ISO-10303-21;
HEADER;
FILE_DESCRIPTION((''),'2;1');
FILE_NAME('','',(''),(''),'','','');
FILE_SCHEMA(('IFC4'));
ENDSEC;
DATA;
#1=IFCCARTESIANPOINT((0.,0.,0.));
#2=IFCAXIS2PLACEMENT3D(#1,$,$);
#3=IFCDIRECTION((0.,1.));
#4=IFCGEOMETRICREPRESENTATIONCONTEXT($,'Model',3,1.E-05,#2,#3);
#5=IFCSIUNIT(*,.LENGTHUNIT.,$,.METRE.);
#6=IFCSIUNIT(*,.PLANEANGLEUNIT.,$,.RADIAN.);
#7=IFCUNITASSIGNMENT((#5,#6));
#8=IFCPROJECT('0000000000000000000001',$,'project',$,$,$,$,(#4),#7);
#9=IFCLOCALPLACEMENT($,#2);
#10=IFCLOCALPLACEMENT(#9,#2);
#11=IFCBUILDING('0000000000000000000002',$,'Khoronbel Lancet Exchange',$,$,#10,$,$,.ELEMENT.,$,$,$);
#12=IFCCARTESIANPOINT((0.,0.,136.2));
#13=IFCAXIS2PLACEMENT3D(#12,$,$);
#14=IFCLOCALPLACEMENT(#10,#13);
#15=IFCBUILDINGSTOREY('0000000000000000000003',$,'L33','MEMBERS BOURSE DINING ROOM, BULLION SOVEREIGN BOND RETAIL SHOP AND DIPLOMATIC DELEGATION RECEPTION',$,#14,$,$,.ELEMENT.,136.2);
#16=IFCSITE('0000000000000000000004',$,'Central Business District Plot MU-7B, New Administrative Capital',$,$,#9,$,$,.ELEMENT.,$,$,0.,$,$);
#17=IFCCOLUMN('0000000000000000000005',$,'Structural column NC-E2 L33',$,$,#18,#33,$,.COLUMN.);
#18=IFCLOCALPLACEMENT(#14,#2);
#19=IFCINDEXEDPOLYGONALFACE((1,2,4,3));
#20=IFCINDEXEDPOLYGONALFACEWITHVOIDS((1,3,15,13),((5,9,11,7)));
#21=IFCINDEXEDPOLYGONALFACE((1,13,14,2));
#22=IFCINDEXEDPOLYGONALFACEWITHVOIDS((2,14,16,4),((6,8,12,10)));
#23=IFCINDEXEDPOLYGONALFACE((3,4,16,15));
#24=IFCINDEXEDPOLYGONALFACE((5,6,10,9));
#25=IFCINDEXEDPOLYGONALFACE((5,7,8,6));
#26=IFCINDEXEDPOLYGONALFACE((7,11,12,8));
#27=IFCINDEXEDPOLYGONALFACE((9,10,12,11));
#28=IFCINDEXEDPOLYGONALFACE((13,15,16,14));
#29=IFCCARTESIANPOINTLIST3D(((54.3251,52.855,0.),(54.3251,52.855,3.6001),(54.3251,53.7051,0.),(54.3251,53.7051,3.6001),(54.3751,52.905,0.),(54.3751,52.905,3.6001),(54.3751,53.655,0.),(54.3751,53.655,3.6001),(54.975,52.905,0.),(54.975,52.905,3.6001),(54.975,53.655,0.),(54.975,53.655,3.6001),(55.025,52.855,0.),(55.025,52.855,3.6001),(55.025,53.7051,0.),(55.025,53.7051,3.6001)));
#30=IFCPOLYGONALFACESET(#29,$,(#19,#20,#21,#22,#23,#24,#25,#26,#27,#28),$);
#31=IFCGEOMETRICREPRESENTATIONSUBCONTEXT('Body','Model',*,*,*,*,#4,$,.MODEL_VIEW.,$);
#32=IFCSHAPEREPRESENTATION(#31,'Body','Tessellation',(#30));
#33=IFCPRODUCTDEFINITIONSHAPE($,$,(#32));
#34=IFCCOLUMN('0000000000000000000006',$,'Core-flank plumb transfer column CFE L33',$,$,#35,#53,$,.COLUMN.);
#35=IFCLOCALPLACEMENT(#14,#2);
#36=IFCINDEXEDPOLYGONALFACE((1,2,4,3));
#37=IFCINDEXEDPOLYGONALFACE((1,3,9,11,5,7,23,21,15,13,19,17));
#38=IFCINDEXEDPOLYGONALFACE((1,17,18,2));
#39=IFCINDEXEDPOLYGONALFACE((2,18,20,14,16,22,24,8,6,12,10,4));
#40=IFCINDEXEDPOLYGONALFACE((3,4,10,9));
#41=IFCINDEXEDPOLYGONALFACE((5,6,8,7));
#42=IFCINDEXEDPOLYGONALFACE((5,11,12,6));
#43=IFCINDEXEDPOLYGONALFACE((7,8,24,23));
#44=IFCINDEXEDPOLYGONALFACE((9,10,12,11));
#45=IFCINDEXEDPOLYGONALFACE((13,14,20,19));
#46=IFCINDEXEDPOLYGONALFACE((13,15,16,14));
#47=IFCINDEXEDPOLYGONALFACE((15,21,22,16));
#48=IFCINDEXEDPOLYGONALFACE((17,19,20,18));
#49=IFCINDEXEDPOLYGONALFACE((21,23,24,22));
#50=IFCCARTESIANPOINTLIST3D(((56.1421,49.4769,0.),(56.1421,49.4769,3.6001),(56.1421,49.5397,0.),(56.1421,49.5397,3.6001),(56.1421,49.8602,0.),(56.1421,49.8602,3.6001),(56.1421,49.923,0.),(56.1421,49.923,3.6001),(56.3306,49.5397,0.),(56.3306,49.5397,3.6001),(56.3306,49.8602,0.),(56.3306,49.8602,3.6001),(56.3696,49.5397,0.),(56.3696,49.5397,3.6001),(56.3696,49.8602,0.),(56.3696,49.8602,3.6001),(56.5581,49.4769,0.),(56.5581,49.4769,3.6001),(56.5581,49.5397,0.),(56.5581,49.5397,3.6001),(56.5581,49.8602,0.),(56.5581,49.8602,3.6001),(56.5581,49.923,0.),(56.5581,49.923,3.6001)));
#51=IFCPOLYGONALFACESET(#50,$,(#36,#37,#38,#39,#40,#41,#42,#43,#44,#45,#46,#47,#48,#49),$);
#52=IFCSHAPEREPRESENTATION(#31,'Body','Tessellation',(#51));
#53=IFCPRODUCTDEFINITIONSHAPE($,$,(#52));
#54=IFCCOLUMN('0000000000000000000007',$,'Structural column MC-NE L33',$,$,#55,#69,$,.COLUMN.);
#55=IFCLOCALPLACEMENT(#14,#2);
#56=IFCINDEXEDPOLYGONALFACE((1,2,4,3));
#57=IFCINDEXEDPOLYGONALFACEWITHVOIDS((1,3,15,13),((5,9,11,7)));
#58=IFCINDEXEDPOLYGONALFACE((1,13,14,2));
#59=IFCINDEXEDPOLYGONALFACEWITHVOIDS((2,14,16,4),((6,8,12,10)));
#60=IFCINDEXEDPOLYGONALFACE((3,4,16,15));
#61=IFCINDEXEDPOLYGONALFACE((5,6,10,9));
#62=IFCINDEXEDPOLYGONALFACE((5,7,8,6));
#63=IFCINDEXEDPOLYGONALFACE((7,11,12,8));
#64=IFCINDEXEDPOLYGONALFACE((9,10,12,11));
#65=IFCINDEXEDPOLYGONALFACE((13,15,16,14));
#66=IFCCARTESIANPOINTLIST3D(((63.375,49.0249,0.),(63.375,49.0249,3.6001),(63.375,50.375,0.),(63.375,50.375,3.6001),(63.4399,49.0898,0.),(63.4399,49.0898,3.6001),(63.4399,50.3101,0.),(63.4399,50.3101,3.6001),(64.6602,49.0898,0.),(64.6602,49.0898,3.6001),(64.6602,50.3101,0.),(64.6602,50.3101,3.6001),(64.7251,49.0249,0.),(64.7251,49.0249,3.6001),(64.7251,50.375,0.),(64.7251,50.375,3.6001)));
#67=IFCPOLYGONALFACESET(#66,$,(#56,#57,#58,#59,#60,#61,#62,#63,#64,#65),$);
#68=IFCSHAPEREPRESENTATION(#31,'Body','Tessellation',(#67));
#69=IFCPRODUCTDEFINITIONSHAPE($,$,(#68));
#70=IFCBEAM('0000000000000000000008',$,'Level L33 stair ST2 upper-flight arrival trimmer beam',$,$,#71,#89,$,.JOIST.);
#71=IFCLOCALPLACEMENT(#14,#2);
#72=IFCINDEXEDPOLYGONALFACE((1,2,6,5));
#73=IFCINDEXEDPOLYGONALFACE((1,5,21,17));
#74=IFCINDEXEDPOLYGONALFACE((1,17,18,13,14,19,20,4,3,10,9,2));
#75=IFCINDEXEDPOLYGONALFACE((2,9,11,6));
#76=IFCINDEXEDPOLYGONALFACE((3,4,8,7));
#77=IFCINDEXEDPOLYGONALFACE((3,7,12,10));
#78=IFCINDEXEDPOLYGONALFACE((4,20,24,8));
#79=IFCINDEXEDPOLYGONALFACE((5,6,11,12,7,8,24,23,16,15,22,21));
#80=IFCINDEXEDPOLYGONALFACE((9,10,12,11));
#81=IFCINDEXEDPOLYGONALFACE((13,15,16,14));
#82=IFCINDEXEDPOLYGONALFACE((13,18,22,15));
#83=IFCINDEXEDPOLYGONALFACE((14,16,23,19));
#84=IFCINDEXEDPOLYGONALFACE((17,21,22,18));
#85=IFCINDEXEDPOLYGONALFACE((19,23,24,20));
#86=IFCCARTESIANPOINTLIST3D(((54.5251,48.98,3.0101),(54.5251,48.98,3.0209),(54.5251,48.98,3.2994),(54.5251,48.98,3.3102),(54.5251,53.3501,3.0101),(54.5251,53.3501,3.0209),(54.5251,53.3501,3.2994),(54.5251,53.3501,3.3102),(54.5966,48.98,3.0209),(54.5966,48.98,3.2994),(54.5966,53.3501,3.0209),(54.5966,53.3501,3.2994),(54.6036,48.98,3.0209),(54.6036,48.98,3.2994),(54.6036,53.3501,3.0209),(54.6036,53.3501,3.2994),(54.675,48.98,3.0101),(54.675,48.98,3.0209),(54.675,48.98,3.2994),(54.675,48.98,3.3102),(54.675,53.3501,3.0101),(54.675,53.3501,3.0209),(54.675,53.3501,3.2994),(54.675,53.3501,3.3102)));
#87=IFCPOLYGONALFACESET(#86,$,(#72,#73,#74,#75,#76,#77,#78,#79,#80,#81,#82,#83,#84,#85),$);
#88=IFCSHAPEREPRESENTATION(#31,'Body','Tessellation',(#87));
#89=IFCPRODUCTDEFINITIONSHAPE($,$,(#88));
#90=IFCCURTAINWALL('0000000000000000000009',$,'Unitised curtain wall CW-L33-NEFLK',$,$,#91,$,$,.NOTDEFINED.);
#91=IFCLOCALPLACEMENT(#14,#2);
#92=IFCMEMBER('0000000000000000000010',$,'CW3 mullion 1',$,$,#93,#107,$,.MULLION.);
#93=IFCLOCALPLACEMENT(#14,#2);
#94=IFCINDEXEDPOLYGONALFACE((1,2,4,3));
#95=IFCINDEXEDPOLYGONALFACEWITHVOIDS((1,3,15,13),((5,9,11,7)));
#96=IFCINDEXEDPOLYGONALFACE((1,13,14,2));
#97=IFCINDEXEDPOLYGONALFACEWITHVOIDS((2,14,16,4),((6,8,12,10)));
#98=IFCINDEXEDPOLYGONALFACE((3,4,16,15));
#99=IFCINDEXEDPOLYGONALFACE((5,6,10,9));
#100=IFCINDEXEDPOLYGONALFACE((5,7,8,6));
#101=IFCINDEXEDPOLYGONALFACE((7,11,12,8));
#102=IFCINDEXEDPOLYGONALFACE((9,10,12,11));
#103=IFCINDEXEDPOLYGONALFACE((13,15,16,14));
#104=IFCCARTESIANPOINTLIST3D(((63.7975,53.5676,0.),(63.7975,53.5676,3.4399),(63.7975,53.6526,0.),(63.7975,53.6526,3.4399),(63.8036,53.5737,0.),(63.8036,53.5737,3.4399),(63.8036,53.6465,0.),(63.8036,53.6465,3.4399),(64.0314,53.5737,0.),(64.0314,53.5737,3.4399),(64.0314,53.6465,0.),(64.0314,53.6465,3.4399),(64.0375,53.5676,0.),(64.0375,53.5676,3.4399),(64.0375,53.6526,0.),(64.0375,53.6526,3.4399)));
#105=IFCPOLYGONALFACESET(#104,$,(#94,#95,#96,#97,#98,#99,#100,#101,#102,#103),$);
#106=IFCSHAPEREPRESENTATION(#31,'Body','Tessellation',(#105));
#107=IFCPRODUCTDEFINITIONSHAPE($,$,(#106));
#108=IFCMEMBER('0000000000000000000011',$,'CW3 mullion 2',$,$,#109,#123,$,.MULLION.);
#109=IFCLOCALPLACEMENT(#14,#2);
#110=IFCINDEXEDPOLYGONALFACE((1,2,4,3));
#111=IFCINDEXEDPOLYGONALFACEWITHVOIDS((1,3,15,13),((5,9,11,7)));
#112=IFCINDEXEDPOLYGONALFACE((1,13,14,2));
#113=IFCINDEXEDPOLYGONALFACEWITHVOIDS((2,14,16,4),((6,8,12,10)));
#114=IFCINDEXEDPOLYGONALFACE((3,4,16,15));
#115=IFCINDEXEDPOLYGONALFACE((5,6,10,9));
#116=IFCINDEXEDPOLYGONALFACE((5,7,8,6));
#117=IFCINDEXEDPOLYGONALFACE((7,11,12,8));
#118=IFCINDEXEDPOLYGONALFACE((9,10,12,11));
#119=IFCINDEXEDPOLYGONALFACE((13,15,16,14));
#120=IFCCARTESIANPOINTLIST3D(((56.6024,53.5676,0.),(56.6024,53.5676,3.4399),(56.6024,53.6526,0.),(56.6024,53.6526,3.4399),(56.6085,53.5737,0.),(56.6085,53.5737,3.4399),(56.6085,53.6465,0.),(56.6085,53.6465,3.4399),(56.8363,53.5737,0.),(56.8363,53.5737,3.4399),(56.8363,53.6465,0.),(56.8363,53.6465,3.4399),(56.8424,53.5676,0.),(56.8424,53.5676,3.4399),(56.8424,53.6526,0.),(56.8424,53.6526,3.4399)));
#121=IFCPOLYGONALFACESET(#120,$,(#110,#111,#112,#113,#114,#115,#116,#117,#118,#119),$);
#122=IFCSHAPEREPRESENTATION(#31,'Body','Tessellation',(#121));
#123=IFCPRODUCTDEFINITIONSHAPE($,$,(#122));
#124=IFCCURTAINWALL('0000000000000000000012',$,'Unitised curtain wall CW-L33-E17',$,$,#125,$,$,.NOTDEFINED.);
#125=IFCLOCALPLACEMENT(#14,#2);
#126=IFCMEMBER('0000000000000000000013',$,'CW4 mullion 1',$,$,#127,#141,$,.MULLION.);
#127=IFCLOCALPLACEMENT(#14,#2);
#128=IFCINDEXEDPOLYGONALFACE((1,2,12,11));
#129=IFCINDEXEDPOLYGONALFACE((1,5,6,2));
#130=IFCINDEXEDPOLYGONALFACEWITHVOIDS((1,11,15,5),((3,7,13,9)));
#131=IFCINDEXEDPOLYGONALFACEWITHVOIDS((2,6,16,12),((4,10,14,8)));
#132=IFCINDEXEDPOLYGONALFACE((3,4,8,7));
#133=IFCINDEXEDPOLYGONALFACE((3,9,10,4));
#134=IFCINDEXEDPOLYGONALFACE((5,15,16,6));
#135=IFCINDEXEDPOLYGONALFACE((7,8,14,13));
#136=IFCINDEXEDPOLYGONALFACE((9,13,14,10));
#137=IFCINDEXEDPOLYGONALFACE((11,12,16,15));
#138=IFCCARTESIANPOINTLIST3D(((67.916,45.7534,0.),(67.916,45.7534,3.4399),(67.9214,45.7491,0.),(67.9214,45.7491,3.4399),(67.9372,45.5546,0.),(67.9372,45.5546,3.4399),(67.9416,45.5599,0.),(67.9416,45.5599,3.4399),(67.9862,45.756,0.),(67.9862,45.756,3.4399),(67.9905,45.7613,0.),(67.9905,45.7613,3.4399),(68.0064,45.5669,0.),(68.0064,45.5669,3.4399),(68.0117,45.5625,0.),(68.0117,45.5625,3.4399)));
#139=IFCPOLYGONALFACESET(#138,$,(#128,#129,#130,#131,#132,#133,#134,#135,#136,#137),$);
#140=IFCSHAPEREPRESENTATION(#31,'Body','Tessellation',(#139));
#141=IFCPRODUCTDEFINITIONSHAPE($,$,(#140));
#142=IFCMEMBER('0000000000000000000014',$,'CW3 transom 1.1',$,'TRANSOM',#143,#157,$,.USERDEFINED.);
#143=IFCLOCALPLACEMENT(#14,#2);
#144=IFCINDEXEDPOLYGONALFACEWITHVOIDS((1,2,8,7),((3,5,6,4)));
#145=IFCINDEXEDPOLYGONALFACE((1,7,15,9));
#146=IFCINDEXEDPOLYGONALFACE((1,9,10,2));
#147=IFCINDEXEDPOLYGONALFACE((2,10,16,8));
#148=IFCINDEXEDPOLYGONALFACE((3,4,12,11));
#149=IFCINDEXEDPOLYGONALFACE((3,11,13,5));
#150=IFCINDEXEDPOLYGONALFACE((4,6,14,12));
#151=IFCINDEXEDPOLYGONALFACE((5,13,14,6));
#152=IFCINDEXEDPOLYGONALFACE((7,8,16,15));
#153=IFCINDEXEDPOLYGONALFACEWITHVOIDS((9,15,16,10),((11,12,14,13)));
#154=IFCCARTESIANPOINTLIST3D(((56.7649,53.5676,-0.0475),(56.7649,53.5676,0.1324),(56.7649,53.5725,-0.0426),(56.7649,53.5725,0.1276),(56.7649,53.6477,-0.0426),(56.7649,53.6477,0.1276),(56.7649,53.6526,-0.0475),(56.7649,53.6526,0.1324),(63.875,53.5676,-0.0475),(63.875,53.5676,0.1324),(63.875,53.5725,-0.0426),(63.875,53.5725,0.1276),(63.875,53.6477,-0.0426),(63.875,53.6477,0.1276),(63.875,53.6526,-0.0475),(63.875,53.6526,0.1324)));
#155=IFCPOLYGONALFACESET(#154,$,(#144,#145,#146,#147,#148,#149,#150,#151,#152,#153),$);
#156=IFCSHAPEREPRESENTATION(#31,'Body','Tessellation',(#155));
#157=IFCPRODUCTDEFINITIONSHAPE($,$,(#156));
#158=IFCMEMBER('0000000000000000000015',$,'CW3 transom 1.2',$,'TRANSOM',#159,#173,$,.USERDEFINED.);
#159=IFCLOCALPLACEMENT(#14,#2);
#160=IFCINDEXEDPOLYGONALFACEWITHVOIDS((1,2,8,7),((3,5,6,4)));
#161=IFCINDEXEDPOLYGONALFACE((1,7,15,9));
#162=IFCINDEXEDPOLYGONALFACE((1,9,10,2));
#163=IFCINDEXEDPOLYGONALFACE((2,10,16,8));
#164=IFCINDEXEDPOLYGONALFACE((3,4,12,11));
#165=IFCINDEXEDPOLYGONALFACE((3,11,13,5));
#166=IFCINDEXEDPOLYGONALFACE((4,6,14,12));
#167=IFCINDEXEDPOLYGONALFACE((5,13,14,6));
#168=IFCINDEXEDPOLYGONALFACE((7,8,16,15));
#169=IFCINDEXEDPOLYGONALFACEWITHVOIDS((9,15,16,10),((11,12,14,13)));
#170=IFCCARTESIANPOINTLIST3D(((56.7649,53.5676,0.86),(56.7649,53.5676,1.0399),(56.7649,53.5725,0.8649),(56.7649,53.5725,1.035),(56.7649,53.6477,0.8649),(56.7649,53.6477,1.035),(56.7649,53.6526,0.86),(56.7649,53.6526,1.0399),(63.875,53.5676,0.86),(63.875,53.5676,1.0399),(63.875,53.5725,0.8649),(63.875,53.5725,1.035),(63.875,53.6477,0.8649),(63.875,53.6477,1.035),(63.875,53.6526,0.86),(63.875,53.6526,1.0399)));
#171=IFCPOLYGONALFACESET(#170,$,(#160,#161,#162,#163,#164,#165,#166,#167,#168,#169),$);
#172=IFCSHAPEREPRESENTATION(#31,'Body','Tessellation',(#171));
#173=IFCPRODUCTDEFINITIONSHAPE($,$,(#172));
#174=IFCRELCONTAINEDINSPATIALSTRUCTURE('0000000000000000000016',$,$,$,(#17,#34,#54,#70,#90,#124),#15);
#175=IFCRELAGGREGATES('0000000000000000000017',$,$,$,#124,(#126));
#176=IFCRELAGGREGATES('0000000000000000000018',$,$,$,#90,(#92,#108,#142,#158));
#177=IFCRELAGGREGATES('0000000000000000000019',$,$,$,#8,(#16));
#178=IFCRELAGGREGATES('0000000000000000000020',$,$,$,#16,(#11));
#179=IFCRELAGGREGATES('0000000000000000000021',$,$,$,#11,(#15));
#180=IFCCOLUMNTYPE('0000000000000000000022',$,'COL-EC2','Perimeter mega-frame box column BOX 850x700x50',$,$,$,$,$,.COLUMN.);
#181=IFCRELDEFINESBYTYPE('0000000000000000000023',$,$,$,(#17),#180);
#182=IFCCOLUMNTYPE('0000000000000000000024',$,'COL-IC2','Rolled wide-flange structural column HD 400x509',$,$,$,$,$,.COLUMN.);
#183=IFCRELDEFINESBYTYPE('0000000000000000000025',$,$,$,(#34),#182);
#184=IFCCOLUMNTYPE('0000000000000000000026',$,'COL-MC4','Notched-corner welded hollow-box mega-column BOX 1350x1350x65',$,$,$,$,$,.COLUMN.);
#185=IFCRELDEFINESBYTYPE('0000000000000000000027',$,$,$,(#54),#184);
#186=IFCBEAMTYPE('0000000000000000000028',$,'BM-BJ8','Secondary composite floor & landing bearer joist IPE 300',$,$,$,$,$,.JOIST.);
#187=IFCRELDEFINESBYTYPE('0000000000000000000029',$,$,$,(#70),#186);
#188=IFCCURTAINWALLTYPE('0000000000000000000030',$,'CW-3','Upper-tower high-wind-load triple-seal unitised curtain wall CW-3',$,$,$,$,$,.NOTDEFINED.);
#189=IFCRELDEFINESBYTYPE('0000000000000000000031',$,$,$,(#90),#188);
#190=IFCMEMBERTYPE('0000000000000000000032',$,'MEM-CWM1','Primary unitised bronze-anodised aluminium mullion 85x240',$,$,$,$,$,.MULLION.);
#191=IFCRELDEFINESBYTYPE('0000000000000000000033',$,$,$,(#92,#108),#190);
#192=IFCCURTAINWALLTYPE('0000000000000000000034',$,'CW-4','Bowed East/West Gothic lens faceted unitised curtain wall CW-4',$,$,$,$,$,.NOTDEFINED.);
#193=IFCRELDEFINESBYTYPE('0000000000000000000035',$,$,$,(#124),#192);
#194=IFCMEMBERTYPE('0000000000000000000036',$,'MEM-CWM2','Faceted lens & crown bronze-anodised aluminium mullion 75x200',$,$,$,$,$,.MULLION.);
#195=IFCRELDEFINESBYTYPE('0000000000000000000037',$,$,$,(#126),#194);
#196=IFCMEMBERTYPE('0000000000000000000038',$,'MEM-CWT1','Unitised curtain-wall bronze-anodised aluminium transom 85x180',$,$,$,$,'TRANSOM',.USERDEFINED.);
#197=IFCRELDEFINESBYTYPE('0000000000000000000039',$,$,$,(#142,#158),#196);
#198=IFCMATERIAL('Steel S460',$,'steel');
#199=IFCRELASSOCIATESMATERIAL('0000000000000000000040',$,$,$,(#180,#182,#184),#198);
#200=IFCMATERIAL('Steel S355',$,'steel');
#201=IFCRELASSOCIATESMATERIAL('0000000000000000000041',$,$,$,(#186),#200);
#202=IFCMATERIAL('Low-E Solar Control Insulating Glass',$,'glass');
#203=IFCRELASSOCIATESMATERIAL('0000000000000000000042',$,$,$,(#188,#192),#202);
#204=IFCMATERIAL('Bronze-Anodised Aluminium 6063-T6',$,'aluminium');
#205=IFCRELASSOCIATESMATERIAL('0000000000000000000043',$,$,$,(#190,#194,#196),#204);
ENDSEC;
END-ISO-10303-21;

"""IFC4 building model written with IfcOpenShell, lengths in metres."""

from ifc_helpers import new_model, si_unit, direction, frame, origin, origin_2d, place, context, subcontext, project, spatial, hollow_rectangle, i_section, extrude, material, material_profile, profile_set, type_object, element, aggregate, save


model = new_model("IFC4")

# Units and contexts
model_context = context("Model", 3, precision=1e-05, world=origin(), true_north=direction((0.0, 1.0)))
body_context = subcontext(model_context, "Body", "Model", "MODEL_VIEW")
ifc_project = project(units=[si_unit("LENGTHUNIT", "METRE"), si_unit("PLANEANGLEUNIT", "RADIAN")], contexts=[model_context])

# Site, building, storey
site_placement = place(None, origin())
site = spatial("IfcSite", under=ifc_project, at=site_placement, Name="Central Business District Plot MU-7B, New Administrative Capital", CompositionType="ELEMENT", RefElevation=0.0)
building_placement = place(site_placement, origin())
building = spatial("IfcBuilding", under=site, at=building_placement, Name="Khoronbel Lancet Exchange", CompositionType="ELEMENT")
storey_placement = place(building_placement, frame((0.0, 0.0, 136.2)))
storey = spatial("IfcBuildingStorey", under=building, at=storey_placement, Name="L33", Description="MEMBERS BOURSE DINING ROOM, BULLION SOVEREIGN BOND RETAIL SHOP AND DIPLOMATIC DELEGATION RECEPTION", CompositionType="ELEMENT", Elevation=136.2)

# Columns
ifc_material_1 = material(Name="Steel S460", Category="steel")
ifc_material_profile_1 = material_profile(ifc_material_1, hollow_rectangle(XDim=0.7, YDim=0.8501, WallThickness=0.05, at=origin_2d()), Name="BOX 850x700x50")
ifc_profile_set_1 = profile_set([ifc_material_profile_1], Name="Steel S460")
column_type_1 = type_object("IfcColumnType", Name="COL-EC2", Description="Perimeter mega-frame box column BOX 850x700x50", PredefinedType="COLUMN", material=ifc_profile_set_1)
column_1_placement = place(storey_placement, frame((54.675, 53.28, 0.0), z_axis=(0.0, 0.0, 1.0), x_axis=(1.0, 0.0, 0.0)))
element("IfcColumn", 1, at=column_1_placement, inside=storey, type_object=column_type_1, Name="Structural column NC-E2 L33", PredefinedType="COLUMN", context=body_context, shape_type="SweptSolid", body=[
    extrude(hollow_rectangle(XDim=0.7, YDim=0.8501, WallThickness=0.05, at=origin_2d()), origin(), (0.0, 0.0, 1.0), 3.6001),
])
ifc_material_profile_2 = material_profile(ifc_material_1, i_section(OverallWidth=0.416, OverallDepth=0.446, WebThickness=0.0391, FlangeThickness=0.0627, at=origin_2d()), Name="HD 400x509")
ifc_profile_set_2 = profile_set([ifc_material_profile_2], Name="Steel S460")
column_type_2 = type_object("IfcColumnType", Name="COL-IC2", Description="Rolled wide-flange structural column HD 400x509", PredefinedType="COLUMN", material=ifc_profile_set_2)
column_2_placement = place(storey_placement, frame((56.3501, 49.7, 0.0), z_axis=(0.0, 0.0, 1.0), x_axis=(1.0, 0.0, 0.0)))
element("IfcColumn", 2, at=column_2_placement, inside=storey, type_object=column_type_2, Name="Core-flank plumb transfer column CFE L33", PredefinedType="COLUMN", context=body_context, shape_type="SweptSolid", body=[
    extrude(i_section(OverallWidth=0.416, OverallDepth=0.446, WebThickness=0.0391, FlangeThickness=0.0627, at=origin_2d()), origin(), (0.0, 0.0, 1.0), 3.6001),
])
ifc_material_profile_3 = material_profile(ifc_material_1, hollow_rectangle(XDim=1.3501, YDim=1.3501, WallThickness=0.0649, at=origin_2d()), Name="BOX 1350x1350x65")
ifc_profile_set_3 = profile_set([ifc_material_profile_3], Name="Steel S460")
column_type_3 = type_object("IfcColumnType", Name="COL-MC4", Description="Notched-corner welded hollow-box mega-column BOX 1350x1350x65", PredefinedType="COLUMN", material=ifc_profile_set_3)
column_3_placement = place(storey_placement, frame((64.05, 49.7, 0.0), z_axis=(0.0, 0.0, 1.0), x_axis=(1.0, 0.0, 0.0)))
element("IfcColumn", 3, at=column_3_placement, inside=storey, type_object=column_type_3, Name="Structural column MC-NE L33", PredefinedType="COLUMN", context=body_context, shape_type="SweptSolid", body=[
    extrude(hollow_rectangle(XDim=1.3501, YDim=1.3501, WallThickness=0.0649, at=origin_2d()), origin(), (0.0, 0.0, 1.0), 3.6001),
])

# Beam
ifc_material_2 = material(Name="Steel S355", Category="steel")
ifc_material_profile_4 = material_profile(ifc_material_2, i_section(OverallWidth=0.1499, OverallDepth=0.3, WebThickness=0.0071, FlangeThickness=0.0107, at=origin_2d()), Name="IPE 300")
ifc_profile_set_4 = profile_set([ifc_material_profile_4], Name="Steel S355")
beam_type = type_object("IfcBeamType", Name="BM-BJ8", Description="Secondary composite floor & landing bearer joist IPE 300", PredefinedType="JOIST", material=ifc_profile_set_4)
beam_placement = place(storey_placement, frame((54.6001, 48.98, 3.1602), z_axis=(0.0, 1.0, 0.0), x_axis=(-1.0, 0.0, 0.0)))
element("IfcBeam", 4, at=beam_placement, inside=storey, type_object=beam_type, Name="Level L33 stair ST2 upper-flight arrival trimmer beam", PredefinedType="JOIST", context=body_context, shape_type="SweptSolid", body=[
    extrude(i_section(OverallWidth=0.1499, OverallDepth=0.3, WebThickness=0.0071, FlangeThickness=0.0107, at=origin_2d()), origin(), (0.0, 0.0, 1.0), 4.3701),
])

# Curtain wall, members
ifc_material_3 = material(Name="Low-E Solar Control Insulating Glass", Category="glass")
curtain_wall_type_1 = type_object("IfcCurtainWallType", Name="CW-3", Description="Upper-tower high-wind-load triple-seal unitised curtain wall CW-3", PredefinedType="NOTDEFINED", material=ifc_material_3)
curtain_wall_1_placement = place(storey_placement, origin())
curtain_wall_1 = element("IfcCurtainWall", 5, at=curtain_wall_1_placement, inside=storey, type_object=curtain_wall_type_1, Name="Unitised curtain wall CW-L33-NEFLK", PredefinedType="NOTDEFINED")
ifc_material_4 = material(Name="Bronze-Anodised Aluminium 6063-T6", Category="aluminium")
ifc_material_profile_5 = material_profile(ifc_material_4, hollow_rectangle(XDim=0.085, YDim=0.24, WallThickness=0.0061, at=origin_2d()), Name="ALU MULLION 85x240")
ifc_profile_set_5 = profile_set([ifc_material_profile_5], Name="Bronze-Anodised Aluminium 6063-T6")
member_type_1 = type_object("IfcMemberType", Name="MEM-CWM1", Description="Primary unitised bronze-anodised aluminium mullion 85x240", PredefinedType="MULLION", material=ifc_profile_set_5)
member_1_placement = place(storey_placement, frame((63.9175, 53.6101, 0.0), z_axis=(0.0, 0.0, 1.0), x_axis=(0.0, -1.0, 0.0)))
member_1 = element("IfcMember", 6, at=member_1_placement, type_object=member_type_1, Name="CW3 mullion 1", PredefinedType="MULLION", context=body_context, shape_type="SweptSolid", body=[
    extrude(hollow_rectangle(XDim=0.085, YDim=0.24, WallThickness=0.0061, at=origin_2d()), origin(), (0.0, 0.0, 1.0), 3.4399),
])
member_2_placement = place(storey_placement, frame((56.7224, 53.6101, 0.0), z_axis=(0.0, 0.0, 1.0), x_axis=(0.0, -1.0, 0.0)))
member_2 = element("IfcMember", 7, at=member_2_placement, type_object=member_type_1, Name="CW3 mullion 2", PredefinedType="MULLION", context=body_context, shape_type="SweptSolid", body=[
    extrude(hollow_rectangle(XDim=0.085, YDim=0.24, WallThickness=0.0061, at=origin_2d()), origin(), (0.0, 0.0, 1.0), 3.4399),
])

# Curtain wall, member
curtain_wall_type_2 = type_object("IfcCurtainWallType", Name="CW-4", Description="Bowed East/West Gothic lens faceted unitised curtain wall CW-4", PredefinedType="NOTDEFINED", material=ifc_material_3)
curtain_wall_2_placement = place(storey_placement, origin())
curtain_wall_2 = element("IfcCurtainWall", 8, at=curtain_wall_2_placement, inside=storey, type_object=curtain_wall_type_2, Name="Unitised curtain wall CW-L33-E17", PredefinedType="NOTDEFINED")
ifc_material_profile_6 = material_profile(ifc_material_4, hollow_rectangle(XDim=0.075, YDim=0.2, WallThickness=0.0049, at=origin_2d()), Name="ALU MULLION 75x200")
ifc_profile_set_6 = profile_set([ifc_material_profile_6], Name="Bronze-Anodised Aluminium 6063-T6")
member_type_2 = type_object("IfcMemberType", Name="MEM-CWM2", Description="Faceted lens & crown bronze-anodised aluminium mullion 75x200", PredefinedType="MULLION", material=ifc_profile_set_6)
member_3_placement = place(storey_placement, frame((67.9639, 45.658, 0.0), z_axis=(0.0, 0.0, 1.0), x_axis=(0.994347, 0.106181, 0.0)))
member_3 = element("IfcMember", 9, at=member_3_placement, type_object=member_type_2, Name="CW4 mullion 1", PredefinedType="MULLION", context=body_context, shape_type="SweptSolid", body=[
    extrude(hollow_rectangle(XDim=0.075, YDim=0.2, WallThickness=0.0049, at=origin_2d()), origin(), (0.0, 0.0, 1.0), 3.4399),
])
aggregate(curtain_wall_2, [member_3])

# Members
ifc_material_profile_7 = material_profile(ifc_material_4, hollow_rectangle(XDim=0.085, YDim=0.1799, WallThickness=0.0049, at=origin_2d()), Name="ALU TRANSOM 85x180")
ifc_profile_set_7 = profile_set([ifc_material_profile_7], Name="Bronze-Anodised Aluminium 6063-T6")
member_type_3 = type_object("IfcMemberType", Name="MEM-CWT1", Description="Unitised curtain-wall bronze-anodised aluminium transom 85x180", ElementType="TRANSOM", PredefinedType="USERDEFINED", material=ifc_profile_set_7)
member_4_placement = place(storey_placement, frame((63.875, 53.6101, 0.0425), z_axis=(-1.0, 0.0, 0.0), x_axis=(0.0, -1.0, 0.0)))
member_4 = element("IfcMember", 10, at=member_4_placement, type_object=member_type_3, Name="CW3 transom 1.1", ObjectType="TRANSOM", PredefinedType="USERDEFINED", context=body_context, shape_type="SweptSolid", body=[
    extrude(hollow_rectangle(XDim=0.085, YDim=0.1799, WallThickness=0.0049, at=origin_2d()), origin(), (0.0, 0.0, 1.0), 7.1101),
])
member_5_placement = place(storey_placement, frame((63.875, 53.6101, 0.95), z_axis=(-1.0, 0.0, 0.0), x_axis=(0.0, -1.0, 0.0)))
member_5 = element("IfcMember", 11, at=member_5_placement, type_object=member_type_3, Name="CW3 transom 1.2", ObjectType="TRANSOM", PredefinedType="USERDEFINED", context=body_context, shape_type="SweptSolid", body=[
    extrude(hollow_rectangle(XDim=0.085, YDim=0.1799, WallThickness=0.0049, at=origin_2d()), origin(), (0.0, 0.0, 1.0), 7.1101),
])

aggregate(curtain_wall_1, [member_1, member_2, member_4, member_5])

save(model, "model.ifc")
